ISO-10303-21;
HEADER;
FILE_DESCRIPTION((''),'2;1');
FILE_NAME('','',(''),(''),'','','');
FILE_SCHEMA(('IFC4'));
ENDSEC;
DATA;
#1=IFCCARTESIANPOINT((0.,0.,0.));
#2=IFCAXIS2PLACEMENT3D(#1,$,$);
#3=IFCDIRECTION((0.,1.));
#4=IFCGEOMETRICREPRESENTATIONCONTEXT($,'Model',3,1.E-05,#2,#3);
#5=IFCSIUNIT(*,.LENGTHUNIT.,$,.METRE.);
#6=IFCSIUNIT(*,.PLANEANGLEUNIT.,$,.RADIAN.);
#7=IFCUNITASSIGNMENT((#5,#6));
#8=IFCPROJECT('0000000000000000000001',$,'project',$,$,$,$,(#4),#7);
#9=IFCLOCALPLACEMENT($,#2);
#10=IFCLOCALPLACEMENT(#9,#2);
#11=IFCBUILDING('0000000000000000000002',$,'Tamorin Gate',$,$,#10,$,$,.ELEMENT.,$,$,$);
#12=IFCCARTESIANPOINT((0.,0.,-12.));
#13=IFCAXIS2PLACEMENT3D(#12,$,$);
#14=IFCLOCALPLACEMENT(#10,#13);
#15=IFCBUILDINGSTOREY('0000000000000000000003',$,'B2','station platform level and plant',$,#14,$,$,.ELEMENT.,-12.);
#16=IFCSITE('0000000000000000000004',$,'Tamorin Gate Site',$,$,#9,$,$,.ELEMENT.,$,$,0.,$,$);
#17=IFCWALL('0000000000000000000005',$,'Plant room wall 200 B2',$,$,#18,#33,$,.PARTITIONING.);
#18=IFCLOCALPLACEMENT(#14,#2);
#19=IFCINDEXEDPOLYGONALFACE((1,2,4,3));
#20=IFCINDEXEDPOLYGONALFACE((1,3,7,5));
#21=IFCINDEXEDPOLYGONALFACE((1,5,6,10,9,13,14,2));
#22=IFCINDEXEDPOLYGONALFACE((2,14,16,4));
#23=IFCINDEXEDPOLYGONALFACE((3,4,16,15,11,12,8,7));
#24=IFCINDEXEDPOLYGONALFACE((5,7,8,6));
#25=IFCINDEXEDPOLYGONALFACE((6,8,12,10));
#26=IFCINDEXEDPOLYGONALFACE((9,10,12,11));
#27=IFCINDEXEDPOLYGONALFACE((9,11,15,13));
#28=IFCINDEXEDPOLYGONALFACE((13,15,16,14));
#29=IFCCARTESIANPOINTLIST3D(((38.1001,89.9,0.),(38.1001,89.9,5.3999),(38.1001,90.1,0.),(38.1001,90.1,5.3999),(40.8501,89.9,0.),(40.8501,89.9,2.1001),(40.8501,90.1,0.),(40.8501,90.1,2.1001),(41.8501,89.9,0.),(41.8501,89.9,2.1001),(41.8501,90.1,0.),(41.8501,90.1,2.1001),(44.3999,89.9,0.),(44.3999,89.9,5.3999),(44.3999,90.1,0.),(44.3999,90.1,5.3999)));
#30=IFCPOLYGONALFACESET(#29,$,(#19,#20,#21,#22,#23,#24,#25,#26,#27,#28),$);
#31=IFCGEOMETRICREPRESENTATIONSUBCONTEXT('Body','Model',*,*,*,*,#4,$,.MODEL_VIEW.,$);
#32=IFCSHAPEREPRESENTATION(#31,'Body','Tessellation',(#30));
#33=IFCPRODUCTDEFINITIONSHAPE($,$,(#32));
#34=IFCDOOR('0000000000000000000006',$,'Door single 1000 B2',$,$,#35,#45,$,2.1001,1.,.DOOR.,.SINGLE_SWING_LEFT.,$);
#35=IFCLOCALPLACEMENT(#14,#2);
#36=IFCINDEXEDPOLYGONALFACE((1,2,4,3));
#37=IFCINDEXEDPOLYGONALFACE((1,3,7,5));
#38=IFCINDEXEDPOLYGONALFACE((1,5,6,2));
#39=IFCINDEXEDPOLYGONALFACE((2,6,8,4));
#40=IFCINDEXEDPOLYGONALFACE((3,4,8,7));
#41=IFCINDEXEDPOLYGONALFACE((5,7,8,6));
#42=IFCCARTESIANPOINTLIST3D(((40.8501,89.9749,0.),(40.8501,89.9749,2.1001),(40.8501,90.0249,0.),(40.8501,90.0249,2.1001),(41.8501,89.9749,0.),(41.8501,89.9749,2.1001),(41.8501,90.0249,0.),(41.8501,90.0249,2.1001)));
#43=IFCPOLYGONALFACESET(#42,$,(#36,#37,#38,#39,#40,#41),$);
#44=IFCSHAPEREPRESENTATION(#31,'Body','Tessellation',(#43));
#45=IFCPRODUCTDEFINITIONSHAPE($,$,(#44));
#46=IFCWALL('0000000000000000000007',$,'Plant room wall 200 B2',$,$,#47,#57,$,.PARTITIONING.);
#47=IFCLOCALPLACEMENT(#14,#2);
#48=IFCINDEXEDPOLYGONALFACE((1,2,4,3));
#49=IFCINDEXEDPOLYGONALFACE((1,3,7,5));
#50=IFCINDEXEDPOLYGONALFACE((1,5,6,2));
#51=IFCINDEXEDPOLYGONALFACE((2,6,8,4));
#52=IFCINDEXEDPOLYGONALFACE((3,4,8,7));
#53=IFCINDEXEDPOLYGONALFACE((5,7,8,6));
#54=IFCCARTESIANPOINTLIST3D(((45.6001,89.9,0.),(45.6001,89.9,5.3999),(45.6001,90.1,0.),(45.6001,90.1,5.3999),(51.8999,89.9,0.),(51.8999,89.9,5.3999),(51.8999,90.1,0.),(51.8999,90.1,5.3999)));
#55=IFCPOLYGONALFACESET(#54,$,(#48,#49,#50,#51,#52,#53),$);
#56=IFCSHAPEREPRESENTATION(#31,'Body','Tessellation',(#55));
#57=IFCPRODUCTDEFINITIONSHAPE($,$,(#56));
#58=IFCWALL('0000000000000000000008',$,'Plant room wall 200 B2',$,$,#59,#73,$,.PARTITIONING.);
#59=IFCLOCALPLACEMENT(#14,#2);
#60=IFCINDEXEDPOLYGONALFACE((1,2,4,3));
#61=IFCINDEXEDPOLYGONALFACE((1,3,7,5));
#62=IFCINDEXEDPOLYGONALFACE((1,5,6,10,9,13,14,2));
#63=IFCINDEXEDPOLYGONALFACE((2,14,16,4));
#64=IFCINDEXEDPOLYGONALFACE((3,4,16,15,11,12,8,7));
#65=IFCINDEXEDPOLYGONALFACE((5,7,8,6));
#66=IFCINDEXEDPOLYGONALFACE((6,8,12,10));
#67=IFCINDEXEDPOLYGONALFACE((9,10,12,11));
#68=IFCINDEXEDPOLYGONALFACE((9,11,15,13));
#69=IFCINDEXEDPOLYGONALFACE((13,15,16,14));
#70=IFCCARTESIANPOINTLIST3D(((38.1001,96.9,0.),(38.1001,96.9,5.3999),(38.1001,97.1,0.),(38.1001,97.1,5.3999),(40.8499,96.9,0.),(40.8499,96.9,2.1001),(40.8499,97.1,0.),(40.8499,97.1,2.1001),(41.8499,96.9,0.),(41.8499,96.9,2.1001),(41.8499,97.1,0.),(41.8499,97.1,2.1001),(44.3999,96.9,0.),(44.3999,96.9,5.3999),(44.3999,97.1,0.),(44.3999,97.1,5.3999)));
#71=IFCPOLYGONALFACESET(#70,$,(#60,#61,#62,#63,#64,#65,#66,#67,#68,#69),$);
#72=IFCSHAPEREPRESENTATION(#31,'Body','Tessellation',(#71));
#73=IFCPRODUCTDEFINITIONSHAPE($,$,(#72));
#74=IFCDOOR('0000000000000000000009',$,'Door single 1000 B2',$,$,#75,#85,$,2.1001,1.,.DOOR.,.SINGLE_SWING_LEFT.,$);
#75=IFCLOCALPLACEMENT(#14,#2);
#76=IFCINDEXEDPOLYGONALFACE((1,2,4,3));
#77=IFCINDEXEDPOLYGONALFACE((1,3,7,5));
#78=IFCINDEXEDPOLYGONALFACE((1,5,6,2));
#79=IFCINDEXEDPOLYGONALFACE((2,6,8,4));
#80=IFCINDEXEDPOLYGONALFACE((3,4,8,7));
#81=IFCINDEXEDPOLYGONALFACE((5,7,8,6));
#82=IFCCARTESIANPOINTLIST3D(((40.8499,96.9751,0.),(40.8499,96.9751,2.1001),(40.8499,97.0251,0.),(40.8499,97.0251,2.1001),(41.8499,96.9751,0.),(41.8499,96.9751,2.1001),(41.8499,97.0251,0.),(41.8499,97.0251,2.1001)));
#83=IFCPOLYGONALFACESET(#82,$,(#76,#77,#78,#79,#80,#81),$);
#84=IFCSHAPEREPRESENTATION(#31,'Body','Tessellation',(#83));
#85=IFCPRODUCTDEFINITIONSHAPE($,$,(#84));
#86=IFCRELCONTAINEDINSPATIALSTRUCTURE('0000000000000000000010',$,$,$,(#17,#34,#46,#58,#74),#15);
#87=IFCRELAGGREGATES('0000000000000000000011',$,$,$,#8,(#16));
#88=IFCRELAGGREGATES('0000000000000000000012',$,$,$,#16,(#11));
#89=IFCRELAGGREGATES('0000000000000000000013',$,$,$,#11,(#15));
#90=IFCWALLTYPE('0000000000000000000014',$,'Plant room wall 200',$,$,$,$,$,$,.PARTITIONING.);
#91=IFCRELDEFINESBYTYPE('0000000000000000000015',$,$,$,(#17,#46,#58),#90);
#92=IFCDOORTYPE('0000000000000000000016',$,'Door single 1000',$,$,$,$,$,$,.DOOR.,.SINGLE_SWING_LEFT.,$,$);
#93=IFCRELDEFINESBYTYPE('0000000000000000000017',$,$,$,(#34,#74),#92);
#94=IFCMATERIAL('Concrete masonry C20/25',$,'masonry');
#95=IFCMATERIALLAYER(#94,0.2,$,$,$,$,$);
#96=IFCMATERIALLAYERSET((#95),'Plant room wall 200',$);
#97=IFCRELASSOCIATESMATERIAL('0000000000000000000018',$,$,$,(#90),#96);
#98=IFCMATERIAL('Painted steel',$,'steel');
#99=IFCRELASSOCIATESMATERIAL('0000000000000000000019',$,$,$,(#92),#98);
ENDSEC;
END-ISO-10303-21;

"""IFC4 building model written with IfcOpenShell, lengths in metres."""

from ifc_helpers import new_model, si_unit, direction, frame, frame_2d, origin, place, context, subcontext, project, spatial, rectangle, extrude, material, layer, layer_set, type_object, element, fill, save


model = new_model("IFC4")

# Units and contexts
model_context = context("Model", 3, precision=1e-05, world=origin(), true_north=direction((0.0, 1.0)))
body_context = subcontext(model_context, "Body", "Model", "MODEL_VIEW")
ifc_project = project(units=[si_unit("LENGTHUNIT", "METRE"), si_unit("PLANEANGLEUNIT", "RADIAN")], contexts=[model_context])

# Site, building, storey
site_placement = place(None, origin())
site = spatial("IfcSite", under=ifc_project, at=site_placement, Name="Tamorin Gate Site", CompositionType="ELEMENT", RefElevation=0.0)
building_placement = place(site_placement, origin())
building = spatial("IfcBuilding", under=site, at=building_placement, Name="Tamorin Gate", CompositionType="ELEMENT")
storey_placement = place(building_placement, frame((0.0, 0.0, -12.0)))
storey = spatial("IfcBuildingStorey", under=building, at=storey_placement, Name="B2", Description="station platform level and plant", CompositionType="ELEMENT", Elevation=-12.0)

# Wall, opening, door
ifc_material_1 = material(Name="Concrete masonry C20/25", Category="masonry")
ifc_layer = layer(ifc_material_1, 0.2)
ifc_layer_set = layer_set([ifc_layer], Name="Plant room wall 200")
wall_type = type_object("IfcWallType", Name="Plant room wall 200", PredefinedType="PARTITIONING", material=ifc_layer_set)
wall_1_placement = place(storey_placement, frame((38.1001, 90.0, 0.0), z_axis=(0.0, 0.0, 1.0), x_axis=(1.0, 0.0, 0.0)))
wall_1 = element("IfcWall", 1, at=wall_1_placement, inside=storey, type_object=wall_type, Name="Plant room wall 200 B2", PredefinedType="PARTITIONING", context=body_context, shape_type="SweptSolid", body=[
    extrude(rectangle(XDim=6.2998, YDim=0.2, at=frame_2d((3.1499, 0.0))), origin(), (0.0, 0.0, 1.0), 5.3999),
])
opening_1_placement = place(wall_1_placement, frame((2.75, 0.0, 0.0)))
opening_1 = element("IfcOpeningElement", 2, at=opening_1_placement, cuts=wall_1, PredefinedType="OPENING", context=body_context, shape_type="SweptSolid", body=[
    extrude(rectangle(XDim=1.0, YDim=2.1001, at=frame_2d((0.5, 1.05))), frame((0.0, 0.1099, 0.0), z_axis=(0.0, -1.0, 0.0), x_axis=(1.0, 0.0, 0.0)), (0.0, 0.0, 1.0), 0.22),
])
ifc_material_2 = material(Name="Painted steel", Category="steel")
door_type = type_object("IfcDoorType", Name="Door single 1000", OperationType="SINGLE_SWING_LEFT", PredefinedType="DOOR", material=ifc_material_2)
door_1_placement = place(opening_1_placement, origin())
door_1 = element("IfcDoor", 3, at=door_1_placement, inside=storey, type_object=door_type, Name="Door single 1000 B2", OperationType="SINGLE_SWING_LEFT", OverallHeight=2.1001, OverallWidth=1.0, PredefinedType="DOOR", context=body_context, shape_type="SweptSolid", body=[
    extrude(rectangle(XDim=1.0, YDim=2.1001, at=frame_2d((0.5, 1.05))), frame((0.0, 0.0249, 0.0), z_axis=(0.0, -1.0, 0.0), x_axis=(1.0, 0.0, 0.0)), (0.0, 0.0, 1.0), 0.05),
])
fill(opening_1, door_1)

# Wall
wall_2_placement = place(storey_placement, frame((45.6001, 90.0, 0.0), z_axis=(0.0, 0.0, 1.0), x_axis=(1.0, 0.0, 0.0)))
element("IfcWall", 4, at=wall_2_placement, inside=storey, type_object=wall_type, Name="Plant room wall 200 B2", PredefinedType="PARTITIONING", context=body_context, shape_type="SweptSolid", body=[
    extrude(rectangle(XDim=6.2998, YDim=0.2, at=frame_2d((3.1499, 0.0))), origin(), (0.0, 0.0, 1.0), 5.3999),
])

# Wall, opening, door
wall_3_placement = place(storey_placement, frame((44.3999, 97.0, 0.0), z_axis=(0.0, 0.0, 1.0), x_axis=(-1.0, 0.0, 0.0)))
wall_3 = element("IfcWall", 5, at=wall_3_placement, inside=storey, type_object=wall_type, Name="Plant room wall 200 B2", PredefinedType="PARTITIONING", context=body_context, shape_type="SweptSolid", body=[
    extrude(rectangle(XDim=6.2998, YDim=0.2, at=frame_2d((3.1499, 0.0))), origin(), (0.0, 0.0, 1.0), 5.3999),
])
opening_2_placement = place(wall_3_placement, frame((2.55, 0.0, 0.0)))
opening_2 = element("IfcOpeningElement", 6, at=opening_2_placement, cuts=wall_3, PredefinedType="OPENING", context=body_context, shape_type="SweptSolid", body=[
    extrude(rectangle(XDim=1.0, YDim=2.1001, at=frame_2d((0.5, 1.05))), frame((0.0, 0.1099, 0.0), z_axis=(0.0, -1.0, 0.0), x_axis=(1.0, 0.0, 0.0)), (0.0, 0.0, 1.0), 0.22),
])
door_2_placement = place(opening_2_placement, origin())
door_2 = element("IfcDoor", 7, at=door_2_placement, inside=storey, type_object=door_type, Name="Door single 1000 B2", OperationType="SINGLE_SWING_LEFT", OverallHeight=2.1001, OverallWidth=1.0, PredefinedType="DOOR", context=body_context, shape_type="SweptSolid", body=[
    extrude(rectangle(XDim=1.0, YDim=2.1001, at=frame_2d((0.5, 1.05))), frame((0.0, 0.0249, 0.0), z_axis=(0.0, -1.0, 0.0), x_axis=(1.0, 0.0, 0.0)), (0.0, 0.0, 1.0), 0.05),
])
fill(opening_2, door_2)

save(model, "model.ifc")
